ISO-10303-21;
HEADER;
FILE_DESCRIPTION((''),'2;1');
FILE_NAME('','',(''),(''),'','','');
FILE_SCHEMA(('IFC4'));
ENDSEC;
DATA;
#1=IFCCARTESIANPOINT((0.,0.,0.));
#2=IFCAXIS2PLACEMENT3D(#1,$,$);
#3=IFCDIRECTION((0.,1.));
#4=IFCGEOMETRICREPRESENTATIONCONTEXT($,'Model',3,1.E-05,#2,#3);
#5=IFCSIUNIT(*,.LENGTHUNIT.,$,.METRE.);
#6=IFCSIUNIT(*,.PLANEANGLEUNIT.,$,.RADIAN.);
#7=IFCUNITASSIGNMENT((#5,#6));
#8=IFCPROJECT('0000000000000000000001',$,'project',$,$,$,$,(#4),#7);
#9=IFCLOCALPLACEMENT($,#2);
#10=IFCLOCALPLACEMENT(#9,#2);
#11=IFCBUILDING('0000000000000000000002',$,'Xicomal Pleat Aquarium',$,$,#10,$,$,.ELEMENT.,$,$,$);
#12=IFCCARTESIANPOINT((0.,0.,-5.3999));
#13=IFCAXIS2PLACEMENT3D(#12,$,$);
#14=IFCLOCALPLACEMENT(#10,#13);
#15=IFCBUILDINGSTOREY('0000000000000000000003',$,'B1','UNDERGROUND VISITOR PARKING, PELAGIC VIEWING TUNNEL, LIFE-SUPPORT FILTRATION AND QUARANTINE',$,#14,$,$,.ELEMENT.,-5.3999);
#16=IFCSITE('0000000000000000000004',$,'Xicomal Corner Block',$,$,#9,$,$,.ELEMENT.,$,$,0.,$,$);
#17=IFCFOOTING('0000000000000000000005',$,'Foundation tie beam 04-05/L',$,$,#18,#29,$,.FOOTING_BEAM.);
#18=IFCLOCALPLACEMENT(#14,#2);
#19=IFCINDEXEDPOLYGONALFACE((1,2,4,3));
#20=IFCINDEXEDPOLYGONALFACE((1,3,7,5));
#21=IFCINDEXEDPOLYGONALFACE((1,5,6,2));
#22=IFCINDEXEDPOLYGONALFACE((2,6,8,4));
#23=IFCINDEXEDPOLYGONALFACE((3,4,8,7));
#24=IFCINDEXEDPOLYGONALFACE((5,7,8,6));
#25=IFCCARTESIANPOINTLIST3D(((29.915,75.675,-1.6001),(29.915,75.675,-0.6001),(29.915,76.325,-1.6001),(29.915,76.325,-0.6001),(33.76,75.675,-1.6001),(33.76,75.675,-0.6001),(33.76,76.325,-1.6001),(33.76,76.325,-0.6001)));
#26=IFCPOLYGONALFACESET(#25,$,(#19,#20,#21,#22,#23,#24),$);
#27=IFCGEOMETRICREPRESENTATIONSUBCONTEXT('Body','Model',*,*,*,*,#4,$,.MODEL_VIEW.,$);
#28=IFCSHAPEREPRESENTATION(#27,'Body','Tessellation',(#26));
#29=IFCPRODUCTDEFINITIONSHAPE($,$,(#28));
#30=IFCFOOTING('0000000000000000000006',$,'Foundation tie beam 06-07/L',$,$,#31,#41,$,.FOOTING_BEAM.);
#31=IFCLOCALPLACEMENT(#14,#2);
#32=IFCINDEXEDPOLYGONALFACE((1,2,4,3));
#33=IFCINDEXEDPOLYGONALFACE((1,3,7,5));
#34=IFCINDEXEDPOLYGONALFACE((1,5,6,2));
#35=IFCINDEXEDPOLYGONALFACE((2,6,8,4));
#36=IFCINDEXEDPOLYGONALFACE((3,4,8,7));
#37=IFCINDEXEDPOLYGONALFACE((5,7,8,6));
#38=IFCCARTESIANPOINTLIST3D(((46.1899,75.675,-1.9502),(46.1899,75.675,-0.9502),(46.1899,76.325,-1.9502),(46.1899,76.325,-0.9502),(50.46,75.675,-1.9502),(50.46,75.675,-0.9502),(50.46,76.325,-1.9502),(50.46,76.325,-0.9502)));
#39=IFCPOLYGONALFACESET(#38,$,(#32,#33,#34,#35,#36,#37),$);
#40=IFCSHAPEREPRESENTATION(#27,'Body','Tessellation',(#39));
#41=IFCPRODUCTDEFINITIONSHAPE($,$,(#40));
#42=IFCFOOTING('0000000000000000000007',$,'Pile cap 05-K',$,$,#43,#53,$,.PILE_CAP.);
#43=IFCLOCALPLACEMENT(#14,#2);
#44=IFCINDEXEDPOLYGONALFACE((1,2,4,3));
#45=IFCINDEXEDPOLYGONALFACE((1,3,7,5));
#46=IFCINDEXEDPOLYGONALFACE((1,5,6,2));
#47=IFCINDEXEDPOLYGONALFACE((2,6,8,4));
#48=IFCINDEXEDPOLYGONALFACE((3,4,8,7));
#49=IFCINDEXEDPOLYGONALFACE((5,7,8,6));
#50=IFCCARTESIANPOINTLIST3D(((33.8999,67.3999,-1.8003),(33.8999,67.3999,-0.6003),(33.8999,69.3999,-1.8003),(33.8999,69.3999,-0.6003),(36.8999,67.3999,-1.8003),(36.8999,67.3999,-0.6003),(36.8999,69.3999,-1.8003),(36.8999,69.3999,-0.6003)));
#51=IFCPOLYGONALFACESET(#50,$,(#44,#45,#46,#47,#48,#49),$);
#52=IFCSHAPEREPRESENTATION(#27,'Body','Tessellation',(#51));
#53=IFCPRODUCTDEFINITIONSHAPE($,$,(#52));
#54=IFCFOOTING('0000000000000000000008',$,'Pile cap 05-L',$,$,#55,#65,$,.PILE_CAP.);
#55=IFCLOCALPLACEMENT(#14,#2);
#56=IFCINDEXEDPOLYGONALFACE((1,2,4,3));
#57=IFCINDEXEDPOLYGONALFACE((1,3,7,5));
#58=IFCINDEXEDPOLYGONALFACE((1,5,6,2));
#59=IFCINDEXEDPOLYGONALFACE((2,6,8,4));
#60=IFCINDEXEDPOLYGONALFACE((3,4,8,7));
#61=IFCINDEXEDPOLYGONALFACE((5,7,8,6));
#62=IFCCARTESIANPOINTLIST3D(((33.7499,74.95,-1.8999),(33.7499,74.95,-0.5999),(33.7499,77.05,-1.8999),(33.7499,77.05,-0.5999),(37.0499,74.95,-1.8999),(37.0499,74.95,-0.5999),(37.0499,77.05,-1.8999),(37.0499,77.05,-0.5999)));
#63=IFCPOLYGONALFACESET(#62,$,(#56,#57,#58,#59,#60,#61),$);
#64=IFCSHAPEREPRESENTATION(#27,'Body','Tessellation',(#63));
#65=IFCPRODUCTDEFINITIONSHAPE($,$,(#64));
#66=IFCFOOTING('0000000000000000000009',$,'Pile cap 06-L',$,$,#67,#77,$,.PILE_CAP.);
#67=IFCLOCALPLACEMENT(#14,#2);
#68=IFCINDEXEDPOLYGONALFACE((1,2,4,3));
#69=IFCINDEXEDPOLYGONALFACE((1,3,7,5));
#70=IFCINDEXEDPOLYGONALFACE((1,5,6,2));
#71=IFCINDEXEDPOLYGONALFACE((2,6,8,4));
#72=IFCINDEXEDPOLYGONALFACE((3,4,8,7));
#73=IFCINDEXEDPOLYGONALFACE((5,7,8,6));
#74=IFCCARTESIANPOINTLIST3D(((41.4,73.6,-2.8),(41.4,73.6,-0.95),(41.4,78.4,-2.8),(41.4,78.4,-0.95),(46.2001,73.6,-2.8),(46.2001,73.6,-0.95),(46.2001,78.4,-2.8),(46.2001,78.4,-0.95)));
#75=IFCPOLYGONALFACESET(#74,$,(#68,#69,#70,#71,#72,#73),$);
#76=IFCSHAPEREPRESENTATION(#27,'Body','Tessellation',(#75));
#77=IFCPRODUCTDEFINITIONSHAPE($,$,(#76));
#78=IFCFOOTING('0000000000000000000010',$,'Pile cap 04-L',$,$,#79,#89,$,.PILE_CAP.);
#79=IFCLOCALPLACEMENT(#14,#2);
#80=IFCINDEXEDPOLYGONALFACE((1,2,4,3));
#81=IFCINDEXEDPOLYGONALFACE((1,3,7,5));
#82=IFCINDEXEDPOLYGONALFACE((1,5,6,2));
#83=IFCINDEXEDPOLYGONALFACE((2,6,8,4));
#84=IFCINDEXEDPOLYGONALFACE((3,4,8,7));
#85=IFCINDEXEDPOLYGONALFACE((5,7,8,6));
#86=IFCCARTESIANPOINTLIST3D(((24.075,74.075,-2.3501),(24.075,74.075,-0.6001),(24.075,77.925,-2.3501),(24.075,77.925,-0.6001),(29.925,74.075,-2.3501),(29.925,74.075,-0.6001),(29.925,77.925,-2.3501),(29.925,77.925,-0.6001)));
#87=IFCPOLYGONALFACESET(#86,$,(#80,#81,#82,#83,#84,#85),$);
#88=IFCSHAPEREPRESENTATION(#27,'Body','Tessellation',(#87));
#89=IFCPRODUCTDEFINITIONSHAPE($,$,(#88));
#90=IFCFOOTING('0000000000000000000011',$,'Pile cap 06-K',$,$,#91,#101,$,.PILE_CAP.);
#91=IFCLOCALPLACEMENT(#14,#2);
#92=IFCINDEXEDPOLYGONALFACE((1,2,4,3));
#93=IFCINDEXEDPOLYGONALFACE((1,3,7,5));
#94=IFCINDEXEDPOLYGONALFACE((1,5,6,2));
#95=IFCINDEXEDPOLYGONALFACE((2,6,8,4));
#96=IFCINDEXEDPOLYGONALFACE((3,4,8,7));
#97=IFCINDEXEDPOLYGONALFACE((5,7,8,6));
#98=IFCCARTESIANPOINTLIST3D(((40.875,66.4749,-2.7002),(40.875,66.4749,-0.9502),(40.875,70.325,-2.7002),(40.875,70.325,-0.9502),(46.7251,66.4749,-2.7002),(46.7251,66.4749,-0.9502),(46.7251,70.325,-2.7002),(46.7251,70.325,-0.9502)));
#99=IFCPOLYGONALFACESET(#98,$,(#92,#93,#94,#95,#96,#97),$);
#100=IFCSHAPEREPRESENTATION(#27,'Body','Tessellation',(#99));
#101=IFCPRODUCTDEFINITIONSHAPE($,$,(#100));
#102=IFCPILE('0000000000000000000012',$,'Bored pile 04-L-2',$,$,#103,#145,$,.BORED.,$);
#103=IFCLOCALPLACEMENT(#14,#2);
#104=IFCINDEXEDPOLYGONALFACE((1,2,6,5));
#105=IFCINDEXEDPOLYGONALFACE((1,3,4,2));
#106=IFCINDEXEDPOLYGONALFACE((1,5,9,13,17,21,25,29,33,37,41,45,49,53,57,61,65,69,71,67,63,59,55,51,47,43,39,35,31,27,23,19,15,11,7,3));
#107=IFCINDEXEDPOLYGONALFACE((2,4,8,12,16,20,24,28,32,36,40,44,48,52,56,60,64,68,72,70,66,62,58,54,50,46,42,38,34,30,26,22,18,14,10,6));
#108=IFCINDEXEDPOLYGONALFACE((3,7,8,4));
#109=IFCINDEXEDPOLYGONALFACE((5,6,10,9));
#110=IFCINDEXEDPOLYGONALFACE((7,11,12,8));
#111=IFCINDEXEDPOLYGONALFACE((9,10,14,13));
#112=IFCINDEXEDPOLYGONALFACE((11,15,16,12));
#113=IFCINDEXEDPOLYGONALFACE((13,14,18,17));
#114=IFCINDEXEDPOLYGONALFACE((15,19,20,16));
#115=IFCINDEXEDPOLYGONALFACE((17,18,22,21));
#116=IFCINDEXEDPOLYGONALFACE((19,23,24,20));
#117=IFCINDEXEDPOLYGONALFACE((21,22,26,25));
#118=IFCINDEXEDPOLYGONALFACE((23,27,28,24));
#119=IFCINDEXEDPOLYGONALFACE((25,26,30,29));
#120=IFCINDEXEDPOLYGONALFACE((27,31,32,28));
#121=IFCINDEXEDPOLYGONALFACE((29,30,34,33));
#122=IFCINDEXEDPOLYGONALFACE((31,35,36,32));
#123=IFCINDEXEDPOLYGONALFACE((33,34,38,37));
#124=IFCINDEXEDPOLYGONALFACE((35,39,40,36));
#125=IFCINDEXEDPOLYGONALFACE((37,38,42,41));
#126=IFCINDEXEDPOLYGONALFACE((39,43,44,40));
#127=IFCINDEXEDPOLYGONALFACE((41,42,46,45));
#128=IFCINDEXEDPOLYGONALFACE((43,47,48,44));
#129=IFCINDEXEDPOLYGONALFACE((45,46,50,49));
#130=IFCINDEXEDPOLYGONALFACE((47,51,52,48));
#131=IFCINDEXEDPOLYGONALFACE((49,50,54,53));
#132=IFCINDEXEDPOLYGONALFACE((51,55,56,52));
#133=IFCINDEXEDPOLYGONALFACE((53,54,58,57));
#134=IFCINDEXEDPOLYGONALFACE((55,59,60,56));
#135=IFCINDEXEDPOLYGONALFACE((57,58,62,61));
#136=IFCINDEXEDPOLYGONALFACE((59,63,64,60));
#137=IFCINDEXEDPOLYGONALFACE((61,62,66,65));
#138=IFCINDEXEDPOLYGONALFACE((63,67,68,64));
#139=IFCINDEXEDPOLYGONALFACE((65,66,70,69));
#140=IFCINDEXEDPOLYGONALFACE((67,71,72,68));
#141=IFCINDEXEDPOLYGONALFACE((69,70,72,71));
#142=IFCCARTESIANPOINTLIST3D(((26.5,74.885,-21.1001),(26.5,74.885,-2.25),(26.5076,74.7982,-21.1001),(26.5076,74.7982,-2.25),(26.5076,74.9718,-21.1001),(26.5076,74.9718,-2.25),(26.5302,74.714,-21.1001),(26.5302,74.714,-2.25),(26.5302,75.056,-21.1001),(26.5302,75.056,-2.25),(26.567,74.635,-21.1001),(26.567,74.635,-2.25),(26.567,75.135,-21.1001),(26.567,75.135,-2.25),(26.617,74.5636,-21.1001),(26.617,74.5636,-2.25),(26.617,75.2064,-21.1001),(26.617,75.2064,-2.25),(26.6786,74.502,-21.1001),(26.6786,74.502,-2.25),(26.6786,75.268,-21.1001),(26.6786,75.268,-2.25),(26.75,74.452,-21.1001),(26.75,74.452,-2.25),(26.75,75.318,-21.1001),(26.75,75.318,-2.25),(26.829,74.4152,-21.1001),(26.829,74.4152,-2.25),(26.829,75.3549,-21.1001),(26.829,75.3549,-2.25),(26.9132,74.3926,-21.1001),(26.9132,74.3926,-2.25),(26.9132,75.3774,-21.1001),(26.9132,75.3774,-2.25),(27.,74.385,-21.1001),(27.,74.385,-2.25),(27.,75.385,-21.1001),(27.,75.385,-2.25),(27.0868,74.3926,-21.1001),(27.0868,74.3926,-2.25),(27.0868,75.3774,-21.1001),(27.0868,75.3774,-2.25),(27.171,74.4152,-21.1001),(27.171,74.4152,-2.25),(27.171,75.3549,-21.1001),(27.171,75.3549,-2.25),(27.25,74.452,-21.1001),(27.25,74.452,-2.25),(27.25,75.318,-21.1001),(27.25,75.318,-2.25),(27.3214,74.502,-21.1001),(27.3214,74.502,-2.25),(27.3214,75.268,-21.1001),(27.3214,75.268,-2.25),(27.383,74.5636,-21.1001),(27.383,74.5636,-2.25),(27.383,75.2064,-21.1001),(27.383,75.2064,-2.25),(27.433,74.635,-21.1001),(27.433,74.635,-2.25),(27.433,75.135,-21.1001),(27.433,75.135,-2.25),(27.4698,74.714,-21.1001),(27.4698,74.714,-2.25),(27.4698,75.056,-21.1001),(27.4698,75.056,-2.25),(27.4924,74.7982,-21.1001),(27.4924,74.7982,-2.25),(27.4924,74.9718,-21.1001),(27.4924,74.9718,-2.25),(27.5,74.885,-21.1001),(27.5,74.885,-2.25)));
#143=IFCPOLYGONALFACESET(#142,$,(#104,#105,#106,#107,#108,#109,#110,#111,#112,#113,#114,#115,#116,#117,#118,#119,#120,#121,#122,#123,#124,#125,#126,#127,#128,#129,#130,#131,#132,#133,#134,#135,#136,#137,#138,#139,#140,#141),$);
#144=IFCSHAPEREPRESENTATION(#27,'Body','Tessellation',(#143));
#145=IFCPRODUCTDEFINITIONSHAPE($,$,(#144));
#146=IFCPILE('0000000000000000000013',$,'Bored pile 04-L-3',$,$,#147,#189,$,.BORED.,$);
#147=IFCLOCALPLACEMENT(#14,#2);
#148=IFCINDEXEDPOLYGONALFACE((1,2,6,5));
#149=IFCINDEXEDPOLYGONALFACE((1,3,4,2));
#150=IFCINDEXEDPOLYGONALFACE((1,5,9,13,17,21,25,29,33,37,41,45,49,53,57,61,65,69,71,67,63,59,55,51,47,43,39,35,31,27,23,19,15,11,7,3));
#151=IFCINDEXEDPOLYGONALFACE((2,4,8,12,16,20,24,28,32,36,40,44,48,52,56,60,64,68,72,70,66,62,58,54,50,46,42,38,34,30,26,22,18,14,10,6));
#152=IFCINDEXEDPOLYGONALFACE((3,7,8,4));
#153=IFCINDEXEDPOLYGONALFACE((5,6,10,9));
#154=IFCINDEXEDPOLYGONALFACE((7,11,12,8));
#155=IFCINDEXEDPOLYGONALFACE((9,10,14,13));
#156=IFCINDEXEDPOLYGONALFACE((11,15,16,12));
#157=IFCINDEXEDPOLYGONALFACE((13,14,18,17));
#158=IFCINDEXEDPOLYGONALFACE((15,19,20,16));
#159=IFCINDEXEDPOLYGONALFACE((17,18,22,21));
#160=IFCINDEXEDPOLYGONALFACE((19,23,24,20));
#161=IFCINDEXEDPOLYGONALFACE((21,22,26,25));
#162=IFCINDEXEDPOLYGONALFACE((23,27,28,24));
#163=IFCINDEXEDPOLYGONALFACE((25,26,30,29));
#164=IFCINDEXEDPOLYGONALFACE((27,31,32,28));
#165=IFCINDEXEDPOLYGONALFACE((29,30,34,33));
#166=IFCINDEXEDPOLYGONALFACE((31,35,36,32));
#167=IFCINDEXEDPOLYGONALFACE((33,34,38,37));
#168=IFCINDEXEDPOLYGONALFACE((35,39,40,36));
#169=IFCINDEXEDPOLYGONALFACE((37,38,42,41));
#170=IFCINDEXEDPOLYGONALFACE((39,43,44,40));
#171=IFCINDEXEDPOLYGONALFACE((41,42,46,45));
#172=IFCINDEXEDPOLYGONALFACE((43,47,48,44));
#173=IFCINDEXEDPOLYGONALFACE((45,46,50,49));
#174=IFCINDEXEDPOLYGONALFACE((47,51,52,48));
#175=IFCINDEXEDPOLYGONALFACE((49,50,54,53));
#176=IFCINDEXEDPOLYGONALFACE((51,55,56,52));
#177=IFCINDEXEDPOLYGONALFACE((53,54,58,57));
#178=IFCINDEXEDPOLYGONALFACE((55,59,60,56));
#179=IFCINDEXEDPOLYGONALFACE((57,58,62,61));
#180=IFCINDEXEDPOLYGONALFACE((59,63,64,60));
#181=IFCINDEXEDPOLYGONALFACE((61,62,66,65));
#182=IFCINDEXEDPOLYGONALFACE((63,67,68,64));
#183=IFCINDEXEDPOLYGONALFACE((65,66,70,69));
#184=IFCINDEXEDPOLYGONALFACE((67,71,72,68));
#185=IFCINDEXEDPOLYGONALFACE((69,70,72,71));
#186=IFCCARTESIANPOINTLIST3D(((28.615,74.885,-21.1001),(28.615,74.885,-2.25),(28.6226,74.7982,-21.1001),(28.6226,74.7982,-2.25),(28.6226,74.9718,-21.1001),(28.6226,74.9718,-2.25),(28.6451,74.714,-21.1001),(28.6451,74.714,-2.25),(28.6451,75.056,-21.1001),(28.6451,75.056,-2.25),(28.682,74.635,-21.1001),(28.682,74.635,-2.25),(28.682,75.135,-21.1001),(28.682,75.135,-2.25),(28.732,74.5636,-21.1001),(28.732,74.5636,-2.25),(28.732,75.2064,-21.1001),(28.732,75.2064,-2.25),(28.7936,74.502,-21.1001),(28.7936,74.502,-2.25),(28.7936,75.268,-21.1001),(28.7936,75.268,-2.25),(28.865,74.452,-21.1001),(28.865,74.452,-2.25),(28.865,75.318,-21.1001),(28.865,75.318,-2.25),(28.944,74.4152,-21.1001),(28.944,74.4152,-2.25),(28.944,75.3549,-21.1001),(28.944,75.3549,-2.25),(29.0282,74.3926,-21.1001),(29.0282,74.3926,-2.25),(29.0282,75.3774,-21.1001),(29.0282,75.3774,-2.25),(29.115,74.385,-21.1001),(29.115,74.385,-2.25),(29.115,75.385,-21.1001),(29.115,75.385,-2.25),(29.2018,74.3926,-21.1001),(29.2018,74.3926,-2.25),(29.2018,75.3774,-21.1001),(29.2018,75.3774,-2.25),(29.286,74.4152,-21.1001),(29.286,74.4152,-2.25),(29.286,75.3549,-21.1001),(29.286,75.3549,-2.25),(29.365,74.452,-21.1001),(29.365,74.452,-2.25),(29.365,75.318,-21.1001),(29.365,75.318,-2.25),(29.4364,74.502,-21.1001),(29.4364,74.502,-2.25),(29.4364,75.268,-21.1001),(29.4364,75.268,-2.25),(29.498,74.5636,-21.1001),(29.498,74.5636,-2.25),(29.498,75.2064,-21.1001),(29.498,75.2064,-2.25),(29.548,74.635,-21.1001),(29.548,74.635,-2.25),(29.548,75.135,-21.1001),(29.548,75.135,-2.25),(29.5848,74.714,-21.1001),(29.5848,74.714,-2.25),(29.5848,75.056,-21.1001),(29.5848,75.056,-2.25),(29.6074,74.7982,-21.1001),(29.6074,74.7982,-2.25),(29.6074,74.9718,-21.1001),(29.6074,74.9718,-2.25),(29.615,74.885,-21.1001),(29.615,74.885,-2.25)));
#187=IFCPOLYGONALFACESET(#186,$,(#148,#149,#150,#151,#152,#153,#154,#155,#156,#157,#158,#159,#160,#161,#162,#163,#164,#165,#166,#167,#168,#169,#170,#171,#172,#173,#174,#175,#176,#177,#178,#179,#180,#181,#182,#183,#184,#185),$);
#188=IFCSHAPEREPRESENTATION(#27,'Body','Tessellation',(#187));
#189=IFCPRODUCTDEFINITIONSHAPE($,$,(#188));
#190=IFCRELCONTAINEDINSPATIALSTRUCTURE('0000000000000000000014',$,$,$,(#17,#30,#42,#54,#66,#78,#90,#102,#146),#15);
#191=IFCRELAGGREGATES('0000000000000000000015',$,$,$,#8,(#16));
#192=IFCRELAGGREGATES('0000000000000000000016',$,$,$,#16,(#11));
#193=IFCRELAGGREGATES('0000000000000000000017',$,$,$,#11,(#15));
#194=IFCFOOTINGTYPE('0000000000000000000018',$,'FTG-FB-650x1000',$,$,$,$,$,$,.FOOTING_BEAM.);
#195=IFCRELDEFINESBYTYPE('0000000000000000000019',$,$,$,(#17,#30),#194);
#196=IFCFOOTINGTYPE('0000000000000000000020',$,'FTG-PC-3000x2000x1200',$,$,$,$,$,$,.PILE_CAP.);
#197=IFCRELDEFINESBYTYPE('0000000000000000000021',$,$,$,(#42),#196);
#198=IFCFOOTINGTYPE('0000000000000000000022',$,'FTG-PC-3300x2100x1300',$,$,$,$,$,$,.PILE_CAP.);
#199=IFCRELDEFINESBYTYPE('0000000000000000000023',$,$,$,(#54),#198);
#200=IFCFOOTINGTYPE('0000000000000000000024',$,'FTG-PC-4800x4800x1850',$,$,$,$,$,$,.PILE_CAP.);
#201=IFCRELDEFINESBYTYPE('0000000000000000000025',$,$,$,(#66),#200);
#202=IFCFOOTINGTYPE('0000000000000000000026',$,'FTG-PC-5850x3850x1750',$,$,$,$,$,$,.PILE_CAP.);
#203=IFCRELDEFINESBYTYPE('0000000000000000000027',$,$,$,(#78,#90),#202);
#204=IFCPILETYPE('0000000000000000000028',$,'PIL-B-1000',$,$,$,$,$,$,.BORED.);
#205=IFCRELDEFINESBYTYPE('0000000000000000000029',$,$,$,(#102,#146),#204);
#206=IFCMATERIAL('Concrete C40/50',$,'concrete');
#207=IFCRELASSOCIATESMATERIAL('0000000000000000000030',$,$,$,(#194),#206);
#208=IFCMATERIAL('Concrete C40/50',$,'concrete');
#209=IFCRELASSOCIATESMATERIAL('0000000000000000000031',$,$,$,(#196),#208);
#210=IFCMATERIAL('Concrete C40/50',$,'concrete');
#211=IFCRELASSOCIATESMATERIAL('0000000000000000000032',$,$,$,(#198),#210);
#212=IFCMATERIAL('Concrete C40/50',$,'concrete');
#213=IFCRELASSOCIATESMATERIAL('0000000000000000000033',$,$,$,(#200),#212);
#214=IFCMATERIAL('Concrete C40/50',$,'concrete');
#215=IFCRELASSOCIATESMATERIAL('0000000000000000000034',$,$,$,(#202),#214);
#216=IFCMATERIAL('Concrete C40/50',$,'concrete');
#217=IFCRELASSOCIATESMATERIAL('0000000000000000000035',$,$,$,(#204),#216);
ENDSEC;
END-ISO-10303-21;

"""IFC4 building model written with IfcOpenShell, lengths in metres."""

from ifc_helpers import new_model, si_unit, direction, frame, origin, origin_2d, place, context, subcontext, project, spatial, rectangle, circle, extrude, material, material_profile, profile_set, type_object, element, save


model = new_model("IFC4")

# Units and contexts
model_context = context("Model", 3, precision=1e-05, world=origin(), true_north=direction((0.0, 1.0)))
body_context = subcontext(model_context, "Body", "Model", "MODEL_VIEW")
ifc_project = project(units=[si_unit("LENGTHUNIT", "METRE"), si_unit("PLANEANGLEUNIT", "RADIAN")], contexts=[model_context])

# Site, building, storey
site_placement = place(None, origin())
site = spatial("IfcSite", under=ifc_project, at=site_placement, Name="Xicomal Corner Block", CompositionType="ELEMENT", RefElevation=0.0)
building_placement = place(site_placement, origin())
building = spatial("IfcBuilding", under=site, at=building_placement, Name="Xicomal Pleat Aquarium", CompositionType="ELEMENT")
storey_placement = place(building_placement, frame((0.0, 0.0, -5.3999)))
storey = spatial("IfcBuildingStorey", under=building, at=storey_placement, Name="B1", Description="UNDERGROUND VISITOR PARKING, PELAGIC VIEWING TUNNEL, LIFE-SUPPORT FILTRATION AND QUARANTINE", CompositionType="ELEMENT", Elevation=-5.3999)

# Footings
ifc_material_1 = material(Name="Concrete C40/50", Category="concrete")
ifc_material_profile_1 = material_profile(ifc_material_1, rectangle(XDim=0.6499, YDim=1.0, at=origin_2d()), Name="FB-03 650x1000")
ifc_profile_set_1 = profile_set([ifc_material_profile_1], Name="Concrete C40/50")
footing_type_1 = type_object("IfcFootingType", Name="FTG-FB-650x1000", PredefinedType="FOOTING_BEAM", material=ifc_profile_set_1)
footing_1_placement = place(storey_placement, frame((29.915, 76.0, -1.1001), z_axis=(1.0, 0.0, 0.0), x_axis=(0.0, 1.0, 0.0)))
element("IfcFooting", 1, at=footing_1_placement, inside=storey, type_object=footing_type_1, Name="Foundation tie beam 04-05/L", PredefinedType="FOOTING_BEAM", context=body_context, shape_type="SweptSolid", body=[
    extrude(rectangle(XDim=0.6499, YDim=1.0, at=origin_2d()), origin(), (0.0, 0.0, 1.0), 3.845),
])
footing_2_placement = place(storey_placement, frame((46.1899, 76.0, -1.4502), z_axis=(1.0, 0.0, 0.0), x_axis=(0.0, 1.0, 0.0)))
element("IfcFooting", 2, at=footing_2_placement, inside=storey, type_object=footing_type_1, Name="Foundation tie beam 06-07/L", PredefinedType="FOOTING_BEAM", context=body_context, shape_type="SweptSolid", body=[
    extrude(rectangle(XDim=0.6499, YDim=1.0, at=origin_2d()), origin(), (0.0, 0.0, 1.0), 4.27),
])
ifc_material_2 = material(Name="Concrete C40/50", Category="concrete")
footing_type_2 = type_object("IfcFootingType", Name="FTG-PC-3000x2000x1200", PredefinedType="PILE_CAP", material=ifc_material_2)
footing_3_placement = place(storey_placement, frame((35.3999, 68.3999, -1.8003), z_axis=(0.0, 0.0, 1.0), x_axis=(1.0, 0.0, 0.0)))
element("IfcFooting", 3, at=footing_3_placement, inside=storey, type_object=footing_type_2, Name="Pile cap 05-K", PredefinedType="PILE_CAP", context=body_context, shape_type="SweptSolid", body=[
    extrude(rectangle(XDim=3.0, YDim=2.0, at=origin_2d()), origin(), (0.0, 0.0, 1.0), 1.2),
])
ifc_material_3 = material(Name="Concrete C40/50", Category="concrete")
footing_type_3 = type_object("IfcFootingType", Name="FTG-PC-3300x2100x1300", PredefinedType="PILE_CAP", material=ifc_material_3)
footing_4_placement = place(storey_placement, frame((35.3999, 76.0, -1.8999), z_axis=(0.0, 0.0, 1.0), x_axis=(1.0, 0.0, 0.0)))
element("IfcFooting", 4, at=footing_4_placement, inside=storey, type_object=footing_type_3, Name="Pile cap 05-L", PredefinedType="PILE_CAP", context=body_context, shape_type="SweptSolid", body=[
    extrude(rectangle(XDim=3.3, YDim=2.1001, at=origin_2d()), origin(), (0.0, 0.0, 1.0), 1.3),
])
ifc_material_4 = material(Name="Concrete C40/50", Category="concrete")
footing_type_4 = type_object("IfcFootingType", Name="FTG-PC-4800x4800x1850", PredefinedType="PILE_CAP", material=ifc_material_4)
footing_5_placement = place(storey_placement, frame((43.8, 76.0, -2.8), z_axis=(0.0, 0.0, 1.0), x_axis=(1.0, 0.0, 0.0)))
element("IfcFooting", 5, at=footing_5_placement, inside=storey, type_object=footing_type_4, Name="Pile cap 06-L", PredefinedType="PILE_CAP", context=body_context, shape_type="SweptSolid", body=[
    extrude(rectangle(XDim=4.8, YDim=4.8, at=origin_2d()), origin(), (0.0, 0.0, 1.0), 1.8501),
])
ifc_material_5 = material(Name="Concrete C40/50", Category="concrete")
footing_type_5 = type_object("IfcFootingType", Name="FTG-PC-5850x3850x1750", PredefinedType="PILE_CAP", material=ifc_material_5)
for number, where, z_axis, x_axis, name in (
    (6, (27.0, 76.0, -2.3501), (0.0, 0.0, 1.0), (1.0, 0.0, 0.0), "Pile cap 04-L"),
    (7, (43.8, 68.3999, -2.7002), (0.0, 0.0, 1.0), (1.0, 0.0, 0.0), "Pile cap 06-K"),
):
    element("IfcFooting", number, at=place(storey_placement, frame(where, z_axis=z_axis, x_axis=x_axis)), inside=storey, type_object=footing_type_5, Name=name, PredefinedType="PILE_CAP", context=body_context, shape_type="SweptSolid", body=[
        extrude(rectangle(XDim=5.8501, YDim=3.8501, at=origin_2d()), origin(), (0.0, 0.0, 1.0), 1.75),
    ])

# Piles
ifc_material_6 = material(Name="Concrete C40/50", Category="concrete")
ifc_material_profile_2 = material_profile(ifc_material_6, circle(Radius=0.5, at=origin_2d()), Name="BORED PILE D1000")
ifc_profile_set_2 = profile_set([ifc_material_profile_2], Name="Concrete C40/50")
pile_type_1 = type_object("IfcPileType", Name="PIL-B-1000", PredefinedType="BORED", material=ifc_profile_set_2)
for number, where, z_axis, x_axis, name in (
    (8, (27.0, 74.885, -2.25), (0.0, 0.0, -1.0), (1.0, 0.0, 0.0), "Bored pile 04-L-2"),
    (9, (29.115, 74.885, -2.25), (0.0, 0.0, -1.0), (1.0, 0.0, 0.0), "Bored pile 04-L-3"),
):
    element("IfcPile", number, at=place(storey_placement, frame(where, z_axis=z_axis, x_axis=x_axis)), inside=storey, type_object=pile_type_1, Name=name, PredefinedType="BORED", context=body_context, shape_type="SweptSolid", body=[
        extrude(circle(Radius=0.5, at=origin_2d()), origin(), (0.0, 0.0, 1.0), 18.8501),
    ])

save(model, "model.ifc")
